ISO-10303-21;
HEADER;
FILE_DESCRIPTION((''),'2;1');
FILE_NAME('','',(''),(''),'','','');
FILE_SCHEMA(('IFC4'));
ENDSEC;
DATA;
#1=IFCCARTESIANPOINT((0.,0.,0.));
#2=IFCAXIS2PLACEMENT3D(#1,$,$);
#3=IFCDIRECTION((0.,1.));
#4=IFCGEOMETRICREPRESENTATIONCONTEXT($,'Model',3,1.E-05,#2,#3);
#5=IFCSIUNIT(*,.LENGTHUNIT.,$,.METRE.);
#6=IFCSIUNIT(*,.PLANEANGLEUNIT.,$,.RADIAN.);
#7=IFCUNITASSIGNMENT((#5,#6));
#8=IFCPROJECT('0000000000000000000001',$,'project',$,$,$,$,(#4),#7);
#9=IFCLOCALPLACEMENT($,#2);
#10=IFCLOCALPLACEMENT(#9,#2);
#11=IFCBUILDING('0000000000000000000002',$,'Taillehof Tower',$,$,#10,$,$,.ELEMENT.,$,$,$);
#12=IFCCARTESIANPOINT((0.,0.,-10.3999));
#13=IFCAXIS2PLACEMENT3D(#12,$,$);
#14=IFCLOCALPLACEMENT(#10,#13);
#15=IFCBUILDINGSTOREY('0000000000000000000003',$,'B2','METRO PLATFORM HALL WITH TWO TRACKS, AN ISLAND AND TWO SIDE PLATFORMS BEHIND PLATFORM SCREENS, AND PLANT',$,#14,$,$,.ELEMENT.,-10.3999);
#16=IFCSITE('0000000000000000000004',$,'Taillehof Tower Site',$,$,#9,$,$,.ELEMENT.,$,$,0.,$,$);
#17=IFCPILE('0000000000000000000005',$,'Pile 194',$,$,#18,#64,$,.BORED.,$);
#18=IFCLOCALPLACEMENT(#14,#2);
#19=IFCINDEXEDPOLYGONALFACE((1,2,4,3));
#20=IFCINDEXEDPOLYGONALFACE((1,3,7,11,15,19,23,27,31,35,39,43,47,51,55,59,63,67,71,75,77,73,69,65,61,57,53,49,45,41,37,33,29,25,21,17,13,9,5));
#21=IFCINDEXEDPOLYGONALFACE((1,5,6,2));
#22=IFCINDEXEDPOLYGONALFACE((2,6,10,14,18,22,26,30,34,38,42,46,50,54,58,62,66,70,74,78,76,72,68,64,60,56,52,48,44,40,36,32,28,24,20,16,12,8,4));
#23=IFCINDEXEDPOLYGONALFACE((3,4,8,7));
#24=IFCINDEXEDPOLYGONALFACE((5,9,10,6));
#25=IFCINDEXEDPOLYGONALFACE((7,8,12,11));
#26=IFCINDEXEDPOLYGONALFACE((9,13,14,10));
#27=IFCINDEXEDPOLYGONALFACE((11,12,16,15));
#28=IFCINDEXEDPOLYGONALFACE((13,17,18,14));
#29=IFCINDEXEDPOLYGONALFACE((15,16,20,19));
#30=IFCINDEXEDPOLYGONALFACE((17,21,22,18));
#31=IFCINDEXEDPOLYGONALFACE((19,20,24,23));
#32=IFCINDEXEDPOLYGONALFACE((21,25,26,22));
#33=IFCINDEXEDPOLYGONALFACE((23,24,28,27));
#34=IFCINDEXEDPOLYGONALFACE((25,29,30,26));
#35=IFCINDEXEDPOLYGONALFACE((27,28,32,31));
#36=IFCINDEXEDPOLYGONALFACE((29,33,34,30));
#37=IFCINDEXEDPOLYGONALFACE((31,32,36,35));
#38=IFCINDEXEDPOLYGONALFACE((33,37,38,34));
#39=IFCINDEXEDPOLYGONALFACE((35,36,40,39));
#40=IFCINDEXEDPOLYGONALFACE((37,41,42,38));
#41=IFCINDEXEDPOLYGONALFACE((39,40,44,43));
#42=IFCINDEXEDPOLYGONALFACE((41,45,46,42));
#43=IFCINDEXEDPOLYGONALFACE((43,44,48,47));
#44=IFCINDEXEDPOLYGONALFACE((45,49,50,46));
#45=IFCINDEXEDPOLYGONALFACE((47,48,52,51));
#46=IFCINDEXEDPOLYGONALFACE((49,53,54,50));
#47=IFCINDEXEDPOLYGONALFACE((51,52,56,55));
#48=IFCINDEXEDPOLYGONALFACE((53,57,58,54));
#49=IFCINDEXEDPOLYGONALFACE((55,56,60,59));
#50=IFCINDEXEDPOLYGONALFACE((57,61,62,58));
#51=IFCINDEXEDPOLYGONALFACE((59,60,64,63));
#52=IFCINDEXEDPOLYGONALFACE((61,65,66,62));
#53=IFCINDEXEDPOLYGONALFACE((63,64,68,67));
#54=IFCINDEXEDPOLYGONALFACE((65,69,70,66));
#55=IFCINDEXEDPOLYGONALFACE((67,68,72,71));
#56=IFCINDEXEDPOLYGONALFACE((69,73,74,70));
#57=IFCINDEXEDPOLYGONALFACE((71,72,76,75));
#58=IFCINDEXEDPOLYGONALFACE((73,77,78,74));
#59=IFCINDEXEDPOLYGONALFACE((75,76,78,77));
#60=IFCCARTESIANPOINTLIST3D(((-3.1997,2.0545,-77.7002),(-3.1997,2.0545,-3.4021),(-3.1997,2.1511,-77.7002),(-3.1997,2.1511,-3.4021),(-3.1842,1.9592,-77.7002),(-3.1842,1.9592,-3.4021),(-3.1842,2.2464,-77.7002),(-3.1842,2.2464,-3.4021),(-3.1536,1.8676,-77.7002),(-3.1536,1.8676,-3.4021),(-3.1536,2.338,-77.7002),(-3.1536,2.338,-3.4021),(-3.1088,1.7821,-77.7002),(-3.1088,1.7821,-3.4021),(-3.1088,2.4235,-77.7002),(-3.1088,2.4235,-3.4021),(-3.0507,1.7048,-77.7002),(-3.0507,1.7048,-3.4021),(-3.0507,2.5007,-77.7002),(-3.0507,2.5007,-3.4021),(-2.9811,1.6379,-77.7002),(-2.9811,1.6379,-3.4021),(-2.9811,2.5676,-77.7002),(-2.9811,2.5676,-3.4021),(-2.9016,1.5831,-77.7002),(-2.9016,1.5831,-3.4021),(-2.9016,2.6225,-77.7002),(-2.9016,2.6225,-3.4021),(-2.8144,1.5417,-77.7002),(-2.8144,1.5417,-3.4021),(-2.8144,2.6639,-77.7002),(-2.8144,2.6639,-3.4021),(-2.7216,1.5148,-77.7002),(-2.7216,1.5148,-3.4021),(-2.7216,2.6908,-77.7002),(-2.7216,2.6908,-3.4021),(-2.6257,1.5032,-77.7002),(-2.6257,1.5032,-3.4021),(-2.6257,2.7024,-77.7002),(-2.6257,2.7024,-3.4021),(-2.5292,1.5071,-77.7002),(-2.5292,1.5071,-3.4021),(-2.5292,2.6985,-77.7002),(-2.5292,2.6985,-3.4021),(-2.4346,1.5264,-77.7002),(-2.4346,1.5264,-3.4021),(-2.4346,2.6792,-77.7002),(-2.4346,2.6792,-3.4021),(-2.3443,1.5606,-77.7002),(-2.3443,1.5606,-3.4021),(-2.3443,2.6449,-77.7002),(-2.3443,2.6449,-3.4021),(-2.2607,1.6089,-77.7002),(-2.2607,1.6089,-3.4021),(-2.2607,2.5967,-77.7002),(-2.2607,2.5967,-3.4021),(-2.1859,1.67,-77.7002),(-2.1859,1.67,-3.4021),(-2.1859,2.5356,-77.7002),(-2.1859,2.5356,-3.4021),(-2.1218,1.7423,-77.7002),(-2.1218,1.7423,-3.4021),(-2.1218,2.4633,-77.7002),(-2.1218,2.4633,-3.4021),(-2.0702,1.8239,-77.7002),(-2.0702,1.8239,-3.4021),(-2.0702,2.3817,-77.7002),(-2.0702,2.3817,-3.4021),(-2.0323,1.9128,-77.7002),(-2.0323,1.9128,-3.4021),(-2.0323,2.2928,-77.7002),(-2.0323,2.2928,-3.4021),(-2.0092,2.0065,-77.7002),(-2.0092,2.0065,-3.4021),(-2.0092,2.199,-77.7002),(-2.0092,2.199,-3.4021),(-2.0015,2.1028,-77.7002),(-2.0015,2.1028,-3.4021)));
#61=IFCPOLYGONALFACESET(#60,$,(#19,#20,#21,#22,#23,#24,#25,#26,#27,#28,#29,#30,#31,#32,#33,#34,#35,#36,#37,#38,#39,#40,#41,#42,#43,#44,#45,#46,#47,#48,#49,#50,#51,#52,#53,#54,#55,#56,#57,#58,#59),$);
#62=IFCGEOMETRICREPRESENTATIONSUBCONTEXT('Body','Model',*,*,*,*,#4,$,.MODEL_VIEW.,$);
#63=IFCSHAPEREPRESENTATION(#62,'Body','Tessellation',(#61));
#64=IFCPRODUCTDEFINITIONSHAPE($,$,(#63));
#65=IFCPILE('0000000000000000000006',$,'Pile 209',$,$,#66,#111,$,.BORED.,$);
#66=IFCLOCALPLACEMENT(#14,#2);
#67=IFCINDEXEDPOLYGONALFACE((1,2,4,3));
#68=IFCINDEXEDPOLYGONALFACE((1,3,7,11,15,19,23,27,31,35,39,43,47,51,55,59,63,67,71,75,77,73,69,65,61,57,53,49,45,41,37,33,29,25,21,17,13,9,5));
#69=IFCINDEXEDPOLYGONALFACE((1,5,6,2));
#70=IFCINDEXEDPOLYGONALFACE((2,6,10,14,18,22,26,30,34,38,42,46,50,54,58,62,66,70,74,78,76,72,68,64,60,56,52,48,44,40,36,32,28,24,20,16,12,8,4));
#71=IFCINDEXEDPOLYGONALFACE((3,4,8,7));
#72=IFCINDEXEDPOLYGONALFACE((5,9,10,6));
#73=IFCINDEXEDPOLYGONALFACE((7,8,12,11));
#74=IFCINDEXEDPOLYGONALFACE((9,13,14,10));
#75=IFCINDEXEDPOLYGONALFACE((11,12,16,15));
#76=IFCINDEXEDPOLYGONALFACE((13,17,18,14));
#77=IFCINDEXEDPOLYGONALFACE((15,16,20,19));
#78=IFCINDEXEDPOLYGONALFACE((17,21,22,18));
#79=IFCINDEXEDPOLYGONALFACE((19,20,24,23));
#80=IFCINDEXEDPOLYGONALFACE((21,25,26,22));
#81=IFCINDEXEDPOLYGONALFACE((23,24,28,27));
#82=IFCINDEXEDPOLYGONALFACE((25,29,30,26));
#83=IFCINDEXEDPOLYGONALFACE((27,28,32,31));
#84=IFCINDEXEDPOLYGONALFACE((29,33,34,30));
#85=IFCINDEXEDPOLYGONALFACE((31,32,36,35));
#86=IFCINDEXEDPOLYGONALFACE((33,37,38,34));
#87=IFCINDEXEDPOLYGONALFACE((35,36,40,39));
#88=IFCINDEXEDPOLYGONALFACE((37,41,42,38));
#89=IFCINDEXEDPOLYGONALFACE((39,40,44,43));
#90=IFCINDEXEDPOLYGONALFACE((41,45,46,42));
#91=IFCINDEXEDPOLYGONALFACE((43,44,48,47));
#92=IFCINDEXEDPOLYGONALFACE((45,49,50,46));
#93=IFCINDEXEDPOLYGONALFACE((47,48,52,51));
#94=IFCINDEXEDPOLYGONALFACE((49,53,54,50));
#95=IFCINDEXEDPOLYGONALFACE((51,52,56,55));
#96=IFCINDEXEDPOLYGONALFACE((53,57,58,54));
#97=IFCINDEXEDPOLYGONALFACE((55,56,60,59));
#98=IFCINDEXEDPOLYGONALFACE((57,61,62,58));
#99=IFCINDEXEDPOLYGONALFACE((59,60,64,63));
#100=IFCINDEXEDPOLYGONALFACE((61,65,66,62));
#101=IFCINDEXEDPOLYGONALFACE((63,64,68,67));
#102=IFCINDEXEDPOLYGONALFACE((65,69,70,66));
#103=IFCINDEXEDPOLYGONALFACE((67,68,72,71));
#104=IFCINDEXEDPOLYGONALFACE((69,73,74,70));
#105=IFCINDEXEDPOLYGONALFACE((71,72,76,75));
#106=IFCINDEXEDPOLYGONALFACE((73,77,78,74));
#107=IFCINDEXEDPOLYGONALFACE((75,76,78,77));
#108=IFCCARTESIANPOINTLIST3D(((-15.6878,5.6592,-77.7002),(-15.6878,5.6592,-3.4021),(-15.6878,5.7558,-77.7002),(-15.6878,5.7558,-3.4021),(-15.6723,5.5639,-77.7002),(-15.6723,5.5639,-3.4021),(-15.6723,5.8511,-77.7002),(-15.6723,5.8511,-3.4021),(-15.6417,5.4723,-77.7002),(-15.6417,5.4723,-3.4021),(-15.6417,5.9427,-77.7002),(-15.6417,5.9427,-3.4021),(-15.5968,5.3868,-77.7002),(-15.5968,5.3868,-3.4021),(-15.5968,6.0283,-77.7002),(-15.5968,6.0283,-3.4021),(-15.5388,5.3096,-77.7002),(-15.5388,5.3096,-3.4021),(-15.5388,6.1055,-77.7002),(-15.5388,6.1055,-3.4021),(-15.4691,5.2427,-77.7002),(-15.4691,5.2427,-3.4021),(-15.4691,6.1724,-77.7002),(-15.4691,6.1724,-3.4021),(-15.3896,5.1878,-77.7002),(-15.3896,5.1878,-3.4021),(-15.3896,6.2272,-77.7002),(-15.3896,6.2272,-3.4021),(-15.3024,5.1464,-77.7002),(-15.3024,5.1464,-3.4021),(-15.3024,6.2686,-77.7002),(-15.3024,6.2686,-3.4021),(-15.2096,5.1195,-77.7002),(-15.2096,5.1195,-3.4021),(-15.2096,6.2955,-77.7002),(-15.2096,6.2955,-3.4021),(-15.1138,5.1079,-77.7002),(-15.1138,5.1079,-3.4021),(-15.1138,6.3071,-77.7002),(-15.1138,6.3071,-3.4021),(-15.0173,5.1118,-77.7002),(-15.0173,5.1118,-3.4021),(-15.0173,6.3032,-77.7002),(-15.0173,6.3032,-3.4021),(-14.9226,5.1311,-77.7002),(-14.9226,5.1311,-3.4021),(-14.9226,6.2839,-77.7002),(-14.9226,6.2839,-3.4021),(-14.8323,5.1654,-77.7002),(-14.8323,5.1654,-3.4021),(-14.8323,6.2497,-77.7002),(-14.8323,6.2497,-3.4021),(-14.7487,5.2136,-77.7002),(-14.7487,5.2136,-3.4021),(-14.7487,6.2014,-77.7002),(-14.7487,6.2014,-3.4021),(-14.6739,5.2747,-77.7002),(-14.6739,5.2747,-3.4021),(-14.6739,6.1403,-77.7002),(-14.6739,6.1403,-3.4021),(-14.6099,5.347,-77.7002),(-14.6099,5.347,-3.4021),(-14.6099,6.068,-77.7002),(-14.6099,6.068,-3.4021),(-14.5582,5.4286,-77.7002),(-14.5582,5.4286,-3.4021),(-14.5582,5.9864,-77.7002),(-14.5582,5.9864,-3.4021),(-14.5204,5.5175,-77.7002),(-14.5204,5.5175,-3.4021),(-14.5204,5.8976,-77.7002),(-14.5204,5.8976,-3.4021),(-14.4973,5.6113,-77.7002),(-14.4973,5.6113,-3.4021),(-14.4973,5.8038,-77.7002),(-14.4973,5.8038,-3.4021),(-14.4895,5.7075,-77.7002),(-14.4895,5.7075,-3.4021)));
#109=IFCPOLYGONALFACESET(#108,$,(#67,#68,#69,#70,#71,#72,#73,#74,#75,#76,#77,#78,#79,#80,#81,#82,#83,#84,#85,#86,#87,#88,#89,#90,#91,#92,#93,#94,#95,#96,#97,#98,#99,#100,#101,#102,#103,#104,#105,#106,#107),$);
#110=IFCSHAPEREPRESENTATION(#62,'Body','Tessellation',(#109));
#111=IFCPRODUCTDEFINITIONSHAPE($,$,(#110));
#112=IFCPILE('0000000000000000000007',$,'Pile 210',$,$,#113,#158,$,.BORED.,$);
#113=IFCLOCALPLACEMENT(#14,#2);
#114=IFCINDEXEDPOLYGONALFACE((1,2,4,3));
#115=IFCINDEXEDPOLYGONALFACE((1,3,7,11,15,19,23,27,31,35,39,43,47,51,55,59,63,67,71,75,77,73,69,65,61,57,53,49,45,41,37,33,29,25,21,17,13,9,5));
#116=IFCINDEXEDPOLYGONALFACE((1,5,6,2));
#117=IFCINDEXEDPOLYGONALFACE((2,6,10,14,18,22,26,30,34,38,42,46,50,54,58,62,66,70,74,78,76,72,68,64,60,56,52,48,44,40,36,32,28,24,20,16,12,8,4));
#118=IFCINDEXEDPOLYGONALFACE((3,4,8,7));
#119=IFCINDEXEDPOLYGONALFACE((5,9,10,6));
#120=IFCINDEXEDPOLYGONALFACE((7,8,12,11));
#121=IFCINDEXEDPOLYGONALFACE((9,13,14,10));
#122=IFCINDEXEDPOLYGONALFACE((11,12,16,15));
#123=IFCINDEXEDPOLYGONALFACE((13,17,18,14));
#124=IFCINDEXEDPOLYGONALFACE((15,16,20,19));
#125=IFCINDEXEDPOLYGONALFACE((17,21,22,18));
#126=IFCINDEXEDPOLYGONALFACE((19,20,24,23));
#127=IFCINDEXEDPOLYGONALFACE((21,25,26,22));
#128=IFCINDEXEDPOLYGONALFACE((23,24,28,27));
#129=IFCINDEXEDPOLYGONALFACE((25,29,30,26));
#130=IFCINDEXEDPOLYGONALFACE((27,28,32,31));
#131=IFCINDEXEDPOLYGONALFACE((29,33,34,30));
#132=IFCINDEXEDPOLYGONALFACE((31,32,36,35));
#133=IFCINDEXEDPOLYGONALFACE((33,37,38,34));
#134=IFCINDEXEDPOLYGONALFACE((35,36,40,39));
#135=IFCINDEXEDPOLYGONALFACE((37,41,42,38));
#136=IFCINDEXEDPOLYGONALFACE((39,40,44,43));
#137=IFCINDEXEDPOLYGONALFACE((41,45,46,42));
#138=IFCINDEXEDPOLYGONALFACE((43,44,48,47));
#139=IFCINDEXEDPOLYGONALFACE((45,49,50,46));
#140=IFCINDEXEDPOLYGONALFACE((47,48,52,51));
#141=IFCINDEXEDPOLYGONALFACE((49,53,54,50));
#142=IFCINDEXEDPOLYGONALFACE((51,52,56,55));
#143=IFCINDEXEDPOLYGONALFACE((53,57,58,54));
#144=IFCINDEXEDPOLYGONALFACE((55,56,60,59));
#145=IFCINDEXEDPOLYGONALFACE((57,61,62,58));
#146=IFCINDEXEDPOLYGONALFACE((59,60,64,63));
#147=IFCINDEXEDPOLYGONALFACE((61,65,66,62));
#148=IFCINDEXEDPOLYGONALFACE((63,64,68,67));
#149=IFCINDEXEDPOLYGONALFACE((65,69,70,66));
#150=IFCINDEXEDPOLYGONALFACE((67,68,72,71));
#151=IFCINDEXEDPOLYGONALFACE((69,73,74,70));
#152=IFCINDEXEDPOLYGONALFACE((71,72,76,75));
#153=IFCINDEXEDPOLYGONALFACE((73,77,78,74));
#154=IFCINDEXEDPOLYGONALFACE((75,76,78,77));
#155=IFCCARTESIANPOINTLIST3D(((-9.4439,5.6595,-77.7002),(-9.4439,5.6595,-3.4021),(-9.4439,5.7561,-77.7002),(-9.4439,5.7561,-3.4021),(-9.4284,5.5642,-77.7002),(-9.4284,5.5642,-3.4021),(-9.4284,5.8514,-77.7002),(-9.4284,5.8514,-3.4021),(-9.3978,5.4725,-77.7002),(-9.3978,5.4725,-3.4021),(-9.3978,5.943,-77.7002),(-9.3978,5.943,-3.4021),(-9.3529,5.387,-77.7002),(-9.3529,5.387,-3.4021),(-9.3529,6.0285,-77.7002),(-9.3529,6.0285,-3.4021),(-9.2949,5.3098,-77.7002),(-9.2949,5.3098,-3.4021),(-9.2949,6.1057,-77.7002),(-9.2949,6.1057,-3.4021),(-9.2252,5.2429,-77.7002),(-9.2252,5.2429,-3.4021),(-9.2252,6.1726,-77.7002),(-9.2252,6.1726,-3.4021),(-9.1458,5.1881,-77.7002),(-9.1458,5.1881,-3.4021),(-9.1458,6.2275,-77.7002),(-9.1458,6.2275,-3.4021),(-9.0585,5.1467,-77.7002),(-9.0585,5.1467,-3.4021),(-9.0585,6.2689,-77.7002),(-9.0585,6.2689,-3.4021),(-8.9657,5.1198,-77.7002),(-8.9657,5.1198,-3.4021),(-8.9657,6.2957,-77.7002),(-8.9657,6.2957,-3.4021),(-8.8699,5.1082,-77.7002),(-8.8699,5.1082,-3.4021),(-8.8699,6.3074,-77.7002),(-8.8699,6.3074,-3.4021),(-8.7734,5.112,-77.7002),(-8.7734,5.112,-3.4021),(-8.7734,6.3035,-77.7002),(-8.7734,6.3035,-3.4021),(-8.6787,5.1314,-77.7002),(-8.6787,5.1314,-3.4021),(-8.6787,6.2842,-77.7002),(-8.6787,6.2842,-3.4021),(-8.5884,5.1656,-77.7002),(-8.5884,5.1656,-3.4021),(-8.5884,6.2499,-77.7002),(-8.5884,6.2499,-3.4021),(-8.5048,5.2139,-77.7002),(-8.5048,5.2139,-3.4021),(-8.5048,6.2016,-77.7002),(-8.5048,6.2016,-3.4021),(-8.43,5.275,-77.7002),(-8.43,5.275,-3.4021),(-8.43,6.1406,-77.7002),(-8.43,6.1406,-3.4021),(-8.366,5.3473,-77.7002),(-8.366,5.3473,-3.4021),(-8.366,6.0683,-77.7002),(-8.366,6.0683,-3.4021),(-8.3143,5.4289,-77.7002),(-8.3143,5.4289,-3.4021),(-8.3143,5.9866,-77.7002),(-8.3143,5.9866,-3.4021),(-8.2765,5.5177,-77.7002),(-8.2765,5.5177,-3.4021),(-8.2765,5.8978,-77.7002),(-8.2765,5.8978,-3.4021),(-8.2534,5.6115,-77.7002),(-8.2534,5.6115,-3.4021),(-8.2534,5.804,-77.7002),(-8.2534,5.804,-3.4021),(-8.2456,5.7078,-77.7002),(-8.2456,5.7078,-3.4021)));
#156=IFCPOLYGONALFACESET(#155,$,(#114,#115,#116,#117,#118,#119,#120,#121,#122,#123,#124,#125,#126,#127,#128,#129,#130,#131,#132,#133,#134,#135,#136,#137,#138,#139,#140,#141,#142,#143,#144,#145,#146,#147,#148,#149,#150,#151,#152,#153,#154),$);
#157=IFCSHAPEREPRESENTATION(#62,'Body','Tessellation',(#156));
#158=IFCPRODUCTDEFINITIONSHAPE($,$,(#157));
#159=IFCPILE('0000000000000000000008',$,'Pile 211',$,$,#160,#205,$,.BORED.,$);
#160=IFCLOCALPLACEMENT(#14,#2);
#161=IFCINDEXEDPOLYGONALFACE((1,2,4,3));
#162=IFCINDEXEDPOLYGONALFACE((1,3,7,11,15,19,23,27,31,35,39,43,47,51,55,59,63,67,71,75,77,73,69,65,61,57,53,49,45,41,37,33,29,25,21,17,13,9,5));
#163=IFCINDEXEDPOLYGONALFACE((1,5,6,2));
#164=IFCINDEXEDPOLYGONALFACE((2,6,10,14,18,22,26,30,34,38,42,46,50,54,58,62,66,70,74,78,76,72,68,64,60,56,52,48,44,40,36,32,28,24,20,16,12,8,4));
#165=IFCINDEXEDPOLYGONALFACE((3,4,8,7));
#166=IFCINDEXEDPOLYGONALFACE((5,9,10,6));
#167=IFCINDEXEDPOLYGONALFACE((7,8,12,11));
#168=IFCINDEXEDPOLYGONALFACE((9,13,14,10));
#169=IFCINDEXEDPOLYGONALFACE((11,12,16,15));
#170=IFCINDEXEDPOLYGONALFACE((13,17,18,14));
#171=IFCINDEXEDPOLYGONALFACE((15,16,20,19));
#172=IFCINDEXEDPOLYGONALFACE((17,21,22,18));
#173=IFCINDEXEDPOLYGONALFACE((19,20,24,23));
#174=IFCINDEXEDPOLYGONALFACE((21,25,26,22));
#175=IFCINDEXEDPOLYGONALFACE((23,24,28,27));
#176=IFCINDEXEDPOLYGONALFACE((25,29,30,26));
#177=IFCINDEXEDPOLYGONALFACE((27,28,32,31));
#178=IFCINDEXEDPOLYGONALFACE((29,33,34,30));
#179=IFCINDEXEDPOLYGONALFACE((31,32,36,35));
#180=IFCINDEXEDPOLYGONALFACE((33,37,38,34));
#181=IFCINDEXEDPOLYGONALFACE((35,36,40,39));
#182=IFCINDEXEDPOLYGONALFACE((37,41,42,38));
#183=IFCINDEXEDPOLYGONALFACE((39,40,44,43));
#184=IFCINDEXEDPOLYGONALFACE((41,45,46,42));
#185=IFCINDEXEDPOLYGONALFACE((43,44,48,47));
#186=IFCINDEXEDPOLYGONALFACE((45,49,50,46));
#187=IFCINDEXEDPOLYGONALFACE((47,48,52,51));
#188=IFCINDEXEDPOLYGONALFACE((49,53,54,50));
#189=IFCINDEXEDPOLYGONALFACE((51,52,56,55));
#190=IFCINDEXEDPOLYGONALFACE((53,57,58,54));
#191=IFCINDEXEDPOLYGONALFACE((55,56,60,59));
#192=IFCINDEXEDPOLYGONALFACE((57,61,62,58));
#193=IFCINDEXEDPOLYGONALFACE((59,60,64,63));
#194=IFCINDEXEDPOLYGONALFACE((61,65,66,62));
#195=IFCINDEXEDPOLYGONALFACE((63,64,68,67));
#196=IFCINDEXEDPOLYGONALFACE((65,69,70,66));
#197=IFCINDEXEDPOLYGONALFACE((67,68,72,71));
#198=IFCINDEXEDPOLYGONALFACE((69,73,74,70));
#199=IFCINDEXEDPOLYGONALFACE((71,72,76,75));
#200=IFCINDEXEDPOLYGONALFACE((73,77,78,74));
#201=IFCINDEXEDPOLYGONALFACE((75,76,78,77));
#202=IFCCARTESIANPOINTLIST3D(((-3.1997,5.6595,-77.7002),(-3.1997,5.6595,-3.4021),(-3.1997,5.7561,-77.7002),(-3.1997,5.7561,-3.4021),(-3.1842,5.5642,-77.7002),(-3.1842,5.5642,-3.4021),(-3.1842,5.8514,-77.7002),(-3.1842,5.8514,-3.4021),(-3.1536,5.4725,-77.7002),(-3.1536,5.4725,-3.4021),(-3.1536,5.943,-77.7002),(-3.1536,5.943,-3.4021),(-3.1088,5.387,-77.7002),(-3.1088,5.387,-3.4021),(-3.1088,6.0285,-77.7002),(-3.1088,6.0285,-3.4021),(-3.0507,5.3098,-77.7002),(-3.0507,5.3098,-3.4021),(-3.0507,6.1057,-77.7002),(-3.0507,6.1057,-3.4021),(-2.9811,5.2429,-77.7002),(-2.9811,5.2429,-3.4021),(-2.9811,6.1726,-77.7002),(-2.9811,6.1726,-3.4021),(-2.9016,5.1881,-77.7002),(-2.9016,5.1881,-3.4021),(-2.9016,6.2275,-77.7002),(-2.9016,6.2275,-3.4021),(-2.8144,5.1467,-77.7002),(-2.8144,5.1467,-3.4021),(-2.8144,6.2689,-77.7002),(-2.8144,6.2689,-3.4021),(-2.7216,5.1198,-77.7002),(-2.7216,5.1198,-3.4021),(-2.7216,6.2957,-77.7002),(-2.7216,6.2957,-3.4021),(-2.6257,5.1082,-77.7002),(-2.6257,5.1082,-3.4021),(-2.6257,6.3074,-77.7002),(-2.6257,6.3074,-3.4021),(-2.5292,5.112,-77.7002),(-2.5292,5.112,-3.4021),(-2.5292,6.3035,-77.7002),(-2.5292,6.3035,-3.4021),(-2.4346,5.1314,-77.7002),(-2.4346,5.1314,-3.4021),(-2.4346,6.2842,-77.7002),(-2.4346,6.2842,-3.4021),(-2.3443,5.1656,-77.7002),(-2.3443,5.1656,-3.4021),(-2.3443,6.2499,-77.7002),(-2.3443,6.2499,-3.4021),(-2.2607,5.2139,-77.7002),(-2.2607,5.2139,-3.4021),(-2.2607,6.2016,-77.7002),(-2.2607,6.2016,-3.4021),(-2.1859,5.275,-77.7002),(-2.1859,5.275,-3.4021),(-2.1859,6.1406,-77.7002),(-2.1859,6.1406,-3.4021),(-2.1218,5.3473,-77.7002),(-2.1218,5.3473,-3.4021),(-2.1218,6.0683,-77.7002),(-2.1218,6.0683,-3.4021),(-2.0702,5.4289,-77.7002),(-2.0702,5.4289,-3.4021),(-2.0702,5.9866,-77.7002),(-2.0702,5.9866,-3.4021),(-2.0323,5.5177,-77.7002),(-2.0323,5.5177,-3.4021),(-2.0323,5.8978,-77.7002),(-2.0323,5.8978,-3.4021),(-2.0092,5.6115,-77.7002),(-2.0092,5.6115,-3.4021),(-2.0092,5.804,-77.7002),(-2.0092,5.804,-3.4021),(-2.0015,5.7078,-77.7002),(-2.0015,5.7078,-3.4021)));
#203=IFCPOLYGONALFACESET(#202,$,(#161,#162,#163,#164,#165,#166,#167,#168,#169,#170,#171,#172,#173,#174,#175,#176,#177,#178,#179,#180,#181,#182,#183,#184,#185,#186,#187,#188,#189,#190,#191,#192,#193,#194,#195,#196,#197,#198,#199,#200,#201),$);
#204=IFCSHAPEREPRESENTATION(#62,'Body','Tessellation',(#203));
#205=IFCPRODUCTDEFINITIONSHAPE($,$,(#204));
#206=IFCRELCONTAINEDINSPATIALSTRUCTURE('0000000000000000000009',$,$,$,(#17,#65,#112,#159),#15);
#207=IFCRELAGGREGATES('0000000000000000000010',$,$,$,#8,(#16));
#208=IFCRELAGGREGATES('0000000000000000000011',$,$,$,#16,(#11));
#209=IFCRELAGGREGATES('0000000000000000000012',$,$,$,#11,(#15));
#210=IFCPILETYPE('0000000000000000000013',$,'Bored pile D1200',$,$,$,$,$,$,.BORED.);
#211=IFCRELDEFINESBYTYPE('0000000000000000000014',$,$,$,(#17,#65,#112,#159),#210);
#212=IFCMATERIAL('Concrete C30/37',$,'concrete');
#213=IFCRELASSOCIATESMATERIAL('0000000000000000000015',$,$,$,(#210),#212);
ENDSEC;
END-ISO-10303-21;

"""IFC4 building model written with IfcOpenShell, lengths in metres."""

from ifc_helpers import new_model, si_unit, direction, frame, origin, origin_2d, place, context, subcontext, project, spatial, circle, extrude, material, material_profile, profile_set, type_object, element, save


model = new_model("IFC4")

# Units and contexts
model_context = context("Model", 3, precision=1e-05, world=origin(), true_north=direction((0.0, 1.0)))
body_context = subcontext(model_context, "Body", "Model", "MODEL_VIEW")
ifc_project = project(units=[si_unit("LENGTHUNIT", "METRE"), si_unit("PLANEANGLEUNIT", "RADIAN")], contexts=[model_context])

# Site, building, storey
site_placement = place(None, origin())
site = spatial("IfcSite", under=ifc_project, at=site_placement, Name="Taillehof Tower Site", CompositionType="ELEMENT", RefElevation=0.0)
building_placement = place(site_placement, origin())
building = spatial("IfcBuilding", under=site, at=building_placement, Name="Taillehof Tower", CompositionType="ELEMENT")
storey_placement = place(building_placement, frame((0.0, 0.0, -10.3999)))
storey = spatial("IfcBuildingStorey", under=building, at=storey_placement, Name="B2", Description="METRO PLATFORM HALL WITH TWO TRACKS, AN ISLAND AND TWO SIDE PLATFORMS BEHIND PLATFORM SCREENS, AND PLANT", CompositionType="ELEMENT", Elevation=-10.3999)

# Piles
ifc_material_1 = material(Name="Concrete C30/37", Category="concrete")
ifc_material_profile_1 = material_profile(ifc_material_1, circle(Radius=0.6001, at=origin_2d()), Name="BP D1200")
ifc_profile_set_1 = profile_set([ifc_material_profile_1], Name="Concrete C30/37")
pile_type = type_object("IfcPileType", Name="Bored pile D1200", PredefinedType="BORED", material=ifc_profile_set_1)
for number, where, z_axis, x_axis, name in (
    (1, (-2.6016, 2.1028, -3.4021), (0.0, 0.0, -1.0), (1.0, 0.0, 0.0), "Pile 194"),
    (2, (-15.0896, 5.7075, -3.4021), (0.0, 0.0, -1.0), (1.0, 0.0, 0.0), "Pile 209"),
    (3, (-8.8457, 5.7078, -3.4021), (0.0, 0.0, -1.0), (1.0, 0.0, 0.0), "Pile 210"),
    (4, (-2.6016, 5.7078, -3.4021), (0.0, 0.0, -1.0), (1.0, 0.0, 0.0), "Pile 211"),
):
    element("IfcPile", number, at=place(storey_placement, frame(where, z_axis=z_axis, x_axis=x_axis)), inside=storey, type_object=pile_type, Name=name, PredefinedType="BORED", context=body_context, shape_type="SweptSolid", body=[
        extrude(circle(Radius=0.6001, at=origin_2d()), origin(), (0.0, 0.0, 1.0), 74.2981),
    ])

save(model, "model.ifc")
